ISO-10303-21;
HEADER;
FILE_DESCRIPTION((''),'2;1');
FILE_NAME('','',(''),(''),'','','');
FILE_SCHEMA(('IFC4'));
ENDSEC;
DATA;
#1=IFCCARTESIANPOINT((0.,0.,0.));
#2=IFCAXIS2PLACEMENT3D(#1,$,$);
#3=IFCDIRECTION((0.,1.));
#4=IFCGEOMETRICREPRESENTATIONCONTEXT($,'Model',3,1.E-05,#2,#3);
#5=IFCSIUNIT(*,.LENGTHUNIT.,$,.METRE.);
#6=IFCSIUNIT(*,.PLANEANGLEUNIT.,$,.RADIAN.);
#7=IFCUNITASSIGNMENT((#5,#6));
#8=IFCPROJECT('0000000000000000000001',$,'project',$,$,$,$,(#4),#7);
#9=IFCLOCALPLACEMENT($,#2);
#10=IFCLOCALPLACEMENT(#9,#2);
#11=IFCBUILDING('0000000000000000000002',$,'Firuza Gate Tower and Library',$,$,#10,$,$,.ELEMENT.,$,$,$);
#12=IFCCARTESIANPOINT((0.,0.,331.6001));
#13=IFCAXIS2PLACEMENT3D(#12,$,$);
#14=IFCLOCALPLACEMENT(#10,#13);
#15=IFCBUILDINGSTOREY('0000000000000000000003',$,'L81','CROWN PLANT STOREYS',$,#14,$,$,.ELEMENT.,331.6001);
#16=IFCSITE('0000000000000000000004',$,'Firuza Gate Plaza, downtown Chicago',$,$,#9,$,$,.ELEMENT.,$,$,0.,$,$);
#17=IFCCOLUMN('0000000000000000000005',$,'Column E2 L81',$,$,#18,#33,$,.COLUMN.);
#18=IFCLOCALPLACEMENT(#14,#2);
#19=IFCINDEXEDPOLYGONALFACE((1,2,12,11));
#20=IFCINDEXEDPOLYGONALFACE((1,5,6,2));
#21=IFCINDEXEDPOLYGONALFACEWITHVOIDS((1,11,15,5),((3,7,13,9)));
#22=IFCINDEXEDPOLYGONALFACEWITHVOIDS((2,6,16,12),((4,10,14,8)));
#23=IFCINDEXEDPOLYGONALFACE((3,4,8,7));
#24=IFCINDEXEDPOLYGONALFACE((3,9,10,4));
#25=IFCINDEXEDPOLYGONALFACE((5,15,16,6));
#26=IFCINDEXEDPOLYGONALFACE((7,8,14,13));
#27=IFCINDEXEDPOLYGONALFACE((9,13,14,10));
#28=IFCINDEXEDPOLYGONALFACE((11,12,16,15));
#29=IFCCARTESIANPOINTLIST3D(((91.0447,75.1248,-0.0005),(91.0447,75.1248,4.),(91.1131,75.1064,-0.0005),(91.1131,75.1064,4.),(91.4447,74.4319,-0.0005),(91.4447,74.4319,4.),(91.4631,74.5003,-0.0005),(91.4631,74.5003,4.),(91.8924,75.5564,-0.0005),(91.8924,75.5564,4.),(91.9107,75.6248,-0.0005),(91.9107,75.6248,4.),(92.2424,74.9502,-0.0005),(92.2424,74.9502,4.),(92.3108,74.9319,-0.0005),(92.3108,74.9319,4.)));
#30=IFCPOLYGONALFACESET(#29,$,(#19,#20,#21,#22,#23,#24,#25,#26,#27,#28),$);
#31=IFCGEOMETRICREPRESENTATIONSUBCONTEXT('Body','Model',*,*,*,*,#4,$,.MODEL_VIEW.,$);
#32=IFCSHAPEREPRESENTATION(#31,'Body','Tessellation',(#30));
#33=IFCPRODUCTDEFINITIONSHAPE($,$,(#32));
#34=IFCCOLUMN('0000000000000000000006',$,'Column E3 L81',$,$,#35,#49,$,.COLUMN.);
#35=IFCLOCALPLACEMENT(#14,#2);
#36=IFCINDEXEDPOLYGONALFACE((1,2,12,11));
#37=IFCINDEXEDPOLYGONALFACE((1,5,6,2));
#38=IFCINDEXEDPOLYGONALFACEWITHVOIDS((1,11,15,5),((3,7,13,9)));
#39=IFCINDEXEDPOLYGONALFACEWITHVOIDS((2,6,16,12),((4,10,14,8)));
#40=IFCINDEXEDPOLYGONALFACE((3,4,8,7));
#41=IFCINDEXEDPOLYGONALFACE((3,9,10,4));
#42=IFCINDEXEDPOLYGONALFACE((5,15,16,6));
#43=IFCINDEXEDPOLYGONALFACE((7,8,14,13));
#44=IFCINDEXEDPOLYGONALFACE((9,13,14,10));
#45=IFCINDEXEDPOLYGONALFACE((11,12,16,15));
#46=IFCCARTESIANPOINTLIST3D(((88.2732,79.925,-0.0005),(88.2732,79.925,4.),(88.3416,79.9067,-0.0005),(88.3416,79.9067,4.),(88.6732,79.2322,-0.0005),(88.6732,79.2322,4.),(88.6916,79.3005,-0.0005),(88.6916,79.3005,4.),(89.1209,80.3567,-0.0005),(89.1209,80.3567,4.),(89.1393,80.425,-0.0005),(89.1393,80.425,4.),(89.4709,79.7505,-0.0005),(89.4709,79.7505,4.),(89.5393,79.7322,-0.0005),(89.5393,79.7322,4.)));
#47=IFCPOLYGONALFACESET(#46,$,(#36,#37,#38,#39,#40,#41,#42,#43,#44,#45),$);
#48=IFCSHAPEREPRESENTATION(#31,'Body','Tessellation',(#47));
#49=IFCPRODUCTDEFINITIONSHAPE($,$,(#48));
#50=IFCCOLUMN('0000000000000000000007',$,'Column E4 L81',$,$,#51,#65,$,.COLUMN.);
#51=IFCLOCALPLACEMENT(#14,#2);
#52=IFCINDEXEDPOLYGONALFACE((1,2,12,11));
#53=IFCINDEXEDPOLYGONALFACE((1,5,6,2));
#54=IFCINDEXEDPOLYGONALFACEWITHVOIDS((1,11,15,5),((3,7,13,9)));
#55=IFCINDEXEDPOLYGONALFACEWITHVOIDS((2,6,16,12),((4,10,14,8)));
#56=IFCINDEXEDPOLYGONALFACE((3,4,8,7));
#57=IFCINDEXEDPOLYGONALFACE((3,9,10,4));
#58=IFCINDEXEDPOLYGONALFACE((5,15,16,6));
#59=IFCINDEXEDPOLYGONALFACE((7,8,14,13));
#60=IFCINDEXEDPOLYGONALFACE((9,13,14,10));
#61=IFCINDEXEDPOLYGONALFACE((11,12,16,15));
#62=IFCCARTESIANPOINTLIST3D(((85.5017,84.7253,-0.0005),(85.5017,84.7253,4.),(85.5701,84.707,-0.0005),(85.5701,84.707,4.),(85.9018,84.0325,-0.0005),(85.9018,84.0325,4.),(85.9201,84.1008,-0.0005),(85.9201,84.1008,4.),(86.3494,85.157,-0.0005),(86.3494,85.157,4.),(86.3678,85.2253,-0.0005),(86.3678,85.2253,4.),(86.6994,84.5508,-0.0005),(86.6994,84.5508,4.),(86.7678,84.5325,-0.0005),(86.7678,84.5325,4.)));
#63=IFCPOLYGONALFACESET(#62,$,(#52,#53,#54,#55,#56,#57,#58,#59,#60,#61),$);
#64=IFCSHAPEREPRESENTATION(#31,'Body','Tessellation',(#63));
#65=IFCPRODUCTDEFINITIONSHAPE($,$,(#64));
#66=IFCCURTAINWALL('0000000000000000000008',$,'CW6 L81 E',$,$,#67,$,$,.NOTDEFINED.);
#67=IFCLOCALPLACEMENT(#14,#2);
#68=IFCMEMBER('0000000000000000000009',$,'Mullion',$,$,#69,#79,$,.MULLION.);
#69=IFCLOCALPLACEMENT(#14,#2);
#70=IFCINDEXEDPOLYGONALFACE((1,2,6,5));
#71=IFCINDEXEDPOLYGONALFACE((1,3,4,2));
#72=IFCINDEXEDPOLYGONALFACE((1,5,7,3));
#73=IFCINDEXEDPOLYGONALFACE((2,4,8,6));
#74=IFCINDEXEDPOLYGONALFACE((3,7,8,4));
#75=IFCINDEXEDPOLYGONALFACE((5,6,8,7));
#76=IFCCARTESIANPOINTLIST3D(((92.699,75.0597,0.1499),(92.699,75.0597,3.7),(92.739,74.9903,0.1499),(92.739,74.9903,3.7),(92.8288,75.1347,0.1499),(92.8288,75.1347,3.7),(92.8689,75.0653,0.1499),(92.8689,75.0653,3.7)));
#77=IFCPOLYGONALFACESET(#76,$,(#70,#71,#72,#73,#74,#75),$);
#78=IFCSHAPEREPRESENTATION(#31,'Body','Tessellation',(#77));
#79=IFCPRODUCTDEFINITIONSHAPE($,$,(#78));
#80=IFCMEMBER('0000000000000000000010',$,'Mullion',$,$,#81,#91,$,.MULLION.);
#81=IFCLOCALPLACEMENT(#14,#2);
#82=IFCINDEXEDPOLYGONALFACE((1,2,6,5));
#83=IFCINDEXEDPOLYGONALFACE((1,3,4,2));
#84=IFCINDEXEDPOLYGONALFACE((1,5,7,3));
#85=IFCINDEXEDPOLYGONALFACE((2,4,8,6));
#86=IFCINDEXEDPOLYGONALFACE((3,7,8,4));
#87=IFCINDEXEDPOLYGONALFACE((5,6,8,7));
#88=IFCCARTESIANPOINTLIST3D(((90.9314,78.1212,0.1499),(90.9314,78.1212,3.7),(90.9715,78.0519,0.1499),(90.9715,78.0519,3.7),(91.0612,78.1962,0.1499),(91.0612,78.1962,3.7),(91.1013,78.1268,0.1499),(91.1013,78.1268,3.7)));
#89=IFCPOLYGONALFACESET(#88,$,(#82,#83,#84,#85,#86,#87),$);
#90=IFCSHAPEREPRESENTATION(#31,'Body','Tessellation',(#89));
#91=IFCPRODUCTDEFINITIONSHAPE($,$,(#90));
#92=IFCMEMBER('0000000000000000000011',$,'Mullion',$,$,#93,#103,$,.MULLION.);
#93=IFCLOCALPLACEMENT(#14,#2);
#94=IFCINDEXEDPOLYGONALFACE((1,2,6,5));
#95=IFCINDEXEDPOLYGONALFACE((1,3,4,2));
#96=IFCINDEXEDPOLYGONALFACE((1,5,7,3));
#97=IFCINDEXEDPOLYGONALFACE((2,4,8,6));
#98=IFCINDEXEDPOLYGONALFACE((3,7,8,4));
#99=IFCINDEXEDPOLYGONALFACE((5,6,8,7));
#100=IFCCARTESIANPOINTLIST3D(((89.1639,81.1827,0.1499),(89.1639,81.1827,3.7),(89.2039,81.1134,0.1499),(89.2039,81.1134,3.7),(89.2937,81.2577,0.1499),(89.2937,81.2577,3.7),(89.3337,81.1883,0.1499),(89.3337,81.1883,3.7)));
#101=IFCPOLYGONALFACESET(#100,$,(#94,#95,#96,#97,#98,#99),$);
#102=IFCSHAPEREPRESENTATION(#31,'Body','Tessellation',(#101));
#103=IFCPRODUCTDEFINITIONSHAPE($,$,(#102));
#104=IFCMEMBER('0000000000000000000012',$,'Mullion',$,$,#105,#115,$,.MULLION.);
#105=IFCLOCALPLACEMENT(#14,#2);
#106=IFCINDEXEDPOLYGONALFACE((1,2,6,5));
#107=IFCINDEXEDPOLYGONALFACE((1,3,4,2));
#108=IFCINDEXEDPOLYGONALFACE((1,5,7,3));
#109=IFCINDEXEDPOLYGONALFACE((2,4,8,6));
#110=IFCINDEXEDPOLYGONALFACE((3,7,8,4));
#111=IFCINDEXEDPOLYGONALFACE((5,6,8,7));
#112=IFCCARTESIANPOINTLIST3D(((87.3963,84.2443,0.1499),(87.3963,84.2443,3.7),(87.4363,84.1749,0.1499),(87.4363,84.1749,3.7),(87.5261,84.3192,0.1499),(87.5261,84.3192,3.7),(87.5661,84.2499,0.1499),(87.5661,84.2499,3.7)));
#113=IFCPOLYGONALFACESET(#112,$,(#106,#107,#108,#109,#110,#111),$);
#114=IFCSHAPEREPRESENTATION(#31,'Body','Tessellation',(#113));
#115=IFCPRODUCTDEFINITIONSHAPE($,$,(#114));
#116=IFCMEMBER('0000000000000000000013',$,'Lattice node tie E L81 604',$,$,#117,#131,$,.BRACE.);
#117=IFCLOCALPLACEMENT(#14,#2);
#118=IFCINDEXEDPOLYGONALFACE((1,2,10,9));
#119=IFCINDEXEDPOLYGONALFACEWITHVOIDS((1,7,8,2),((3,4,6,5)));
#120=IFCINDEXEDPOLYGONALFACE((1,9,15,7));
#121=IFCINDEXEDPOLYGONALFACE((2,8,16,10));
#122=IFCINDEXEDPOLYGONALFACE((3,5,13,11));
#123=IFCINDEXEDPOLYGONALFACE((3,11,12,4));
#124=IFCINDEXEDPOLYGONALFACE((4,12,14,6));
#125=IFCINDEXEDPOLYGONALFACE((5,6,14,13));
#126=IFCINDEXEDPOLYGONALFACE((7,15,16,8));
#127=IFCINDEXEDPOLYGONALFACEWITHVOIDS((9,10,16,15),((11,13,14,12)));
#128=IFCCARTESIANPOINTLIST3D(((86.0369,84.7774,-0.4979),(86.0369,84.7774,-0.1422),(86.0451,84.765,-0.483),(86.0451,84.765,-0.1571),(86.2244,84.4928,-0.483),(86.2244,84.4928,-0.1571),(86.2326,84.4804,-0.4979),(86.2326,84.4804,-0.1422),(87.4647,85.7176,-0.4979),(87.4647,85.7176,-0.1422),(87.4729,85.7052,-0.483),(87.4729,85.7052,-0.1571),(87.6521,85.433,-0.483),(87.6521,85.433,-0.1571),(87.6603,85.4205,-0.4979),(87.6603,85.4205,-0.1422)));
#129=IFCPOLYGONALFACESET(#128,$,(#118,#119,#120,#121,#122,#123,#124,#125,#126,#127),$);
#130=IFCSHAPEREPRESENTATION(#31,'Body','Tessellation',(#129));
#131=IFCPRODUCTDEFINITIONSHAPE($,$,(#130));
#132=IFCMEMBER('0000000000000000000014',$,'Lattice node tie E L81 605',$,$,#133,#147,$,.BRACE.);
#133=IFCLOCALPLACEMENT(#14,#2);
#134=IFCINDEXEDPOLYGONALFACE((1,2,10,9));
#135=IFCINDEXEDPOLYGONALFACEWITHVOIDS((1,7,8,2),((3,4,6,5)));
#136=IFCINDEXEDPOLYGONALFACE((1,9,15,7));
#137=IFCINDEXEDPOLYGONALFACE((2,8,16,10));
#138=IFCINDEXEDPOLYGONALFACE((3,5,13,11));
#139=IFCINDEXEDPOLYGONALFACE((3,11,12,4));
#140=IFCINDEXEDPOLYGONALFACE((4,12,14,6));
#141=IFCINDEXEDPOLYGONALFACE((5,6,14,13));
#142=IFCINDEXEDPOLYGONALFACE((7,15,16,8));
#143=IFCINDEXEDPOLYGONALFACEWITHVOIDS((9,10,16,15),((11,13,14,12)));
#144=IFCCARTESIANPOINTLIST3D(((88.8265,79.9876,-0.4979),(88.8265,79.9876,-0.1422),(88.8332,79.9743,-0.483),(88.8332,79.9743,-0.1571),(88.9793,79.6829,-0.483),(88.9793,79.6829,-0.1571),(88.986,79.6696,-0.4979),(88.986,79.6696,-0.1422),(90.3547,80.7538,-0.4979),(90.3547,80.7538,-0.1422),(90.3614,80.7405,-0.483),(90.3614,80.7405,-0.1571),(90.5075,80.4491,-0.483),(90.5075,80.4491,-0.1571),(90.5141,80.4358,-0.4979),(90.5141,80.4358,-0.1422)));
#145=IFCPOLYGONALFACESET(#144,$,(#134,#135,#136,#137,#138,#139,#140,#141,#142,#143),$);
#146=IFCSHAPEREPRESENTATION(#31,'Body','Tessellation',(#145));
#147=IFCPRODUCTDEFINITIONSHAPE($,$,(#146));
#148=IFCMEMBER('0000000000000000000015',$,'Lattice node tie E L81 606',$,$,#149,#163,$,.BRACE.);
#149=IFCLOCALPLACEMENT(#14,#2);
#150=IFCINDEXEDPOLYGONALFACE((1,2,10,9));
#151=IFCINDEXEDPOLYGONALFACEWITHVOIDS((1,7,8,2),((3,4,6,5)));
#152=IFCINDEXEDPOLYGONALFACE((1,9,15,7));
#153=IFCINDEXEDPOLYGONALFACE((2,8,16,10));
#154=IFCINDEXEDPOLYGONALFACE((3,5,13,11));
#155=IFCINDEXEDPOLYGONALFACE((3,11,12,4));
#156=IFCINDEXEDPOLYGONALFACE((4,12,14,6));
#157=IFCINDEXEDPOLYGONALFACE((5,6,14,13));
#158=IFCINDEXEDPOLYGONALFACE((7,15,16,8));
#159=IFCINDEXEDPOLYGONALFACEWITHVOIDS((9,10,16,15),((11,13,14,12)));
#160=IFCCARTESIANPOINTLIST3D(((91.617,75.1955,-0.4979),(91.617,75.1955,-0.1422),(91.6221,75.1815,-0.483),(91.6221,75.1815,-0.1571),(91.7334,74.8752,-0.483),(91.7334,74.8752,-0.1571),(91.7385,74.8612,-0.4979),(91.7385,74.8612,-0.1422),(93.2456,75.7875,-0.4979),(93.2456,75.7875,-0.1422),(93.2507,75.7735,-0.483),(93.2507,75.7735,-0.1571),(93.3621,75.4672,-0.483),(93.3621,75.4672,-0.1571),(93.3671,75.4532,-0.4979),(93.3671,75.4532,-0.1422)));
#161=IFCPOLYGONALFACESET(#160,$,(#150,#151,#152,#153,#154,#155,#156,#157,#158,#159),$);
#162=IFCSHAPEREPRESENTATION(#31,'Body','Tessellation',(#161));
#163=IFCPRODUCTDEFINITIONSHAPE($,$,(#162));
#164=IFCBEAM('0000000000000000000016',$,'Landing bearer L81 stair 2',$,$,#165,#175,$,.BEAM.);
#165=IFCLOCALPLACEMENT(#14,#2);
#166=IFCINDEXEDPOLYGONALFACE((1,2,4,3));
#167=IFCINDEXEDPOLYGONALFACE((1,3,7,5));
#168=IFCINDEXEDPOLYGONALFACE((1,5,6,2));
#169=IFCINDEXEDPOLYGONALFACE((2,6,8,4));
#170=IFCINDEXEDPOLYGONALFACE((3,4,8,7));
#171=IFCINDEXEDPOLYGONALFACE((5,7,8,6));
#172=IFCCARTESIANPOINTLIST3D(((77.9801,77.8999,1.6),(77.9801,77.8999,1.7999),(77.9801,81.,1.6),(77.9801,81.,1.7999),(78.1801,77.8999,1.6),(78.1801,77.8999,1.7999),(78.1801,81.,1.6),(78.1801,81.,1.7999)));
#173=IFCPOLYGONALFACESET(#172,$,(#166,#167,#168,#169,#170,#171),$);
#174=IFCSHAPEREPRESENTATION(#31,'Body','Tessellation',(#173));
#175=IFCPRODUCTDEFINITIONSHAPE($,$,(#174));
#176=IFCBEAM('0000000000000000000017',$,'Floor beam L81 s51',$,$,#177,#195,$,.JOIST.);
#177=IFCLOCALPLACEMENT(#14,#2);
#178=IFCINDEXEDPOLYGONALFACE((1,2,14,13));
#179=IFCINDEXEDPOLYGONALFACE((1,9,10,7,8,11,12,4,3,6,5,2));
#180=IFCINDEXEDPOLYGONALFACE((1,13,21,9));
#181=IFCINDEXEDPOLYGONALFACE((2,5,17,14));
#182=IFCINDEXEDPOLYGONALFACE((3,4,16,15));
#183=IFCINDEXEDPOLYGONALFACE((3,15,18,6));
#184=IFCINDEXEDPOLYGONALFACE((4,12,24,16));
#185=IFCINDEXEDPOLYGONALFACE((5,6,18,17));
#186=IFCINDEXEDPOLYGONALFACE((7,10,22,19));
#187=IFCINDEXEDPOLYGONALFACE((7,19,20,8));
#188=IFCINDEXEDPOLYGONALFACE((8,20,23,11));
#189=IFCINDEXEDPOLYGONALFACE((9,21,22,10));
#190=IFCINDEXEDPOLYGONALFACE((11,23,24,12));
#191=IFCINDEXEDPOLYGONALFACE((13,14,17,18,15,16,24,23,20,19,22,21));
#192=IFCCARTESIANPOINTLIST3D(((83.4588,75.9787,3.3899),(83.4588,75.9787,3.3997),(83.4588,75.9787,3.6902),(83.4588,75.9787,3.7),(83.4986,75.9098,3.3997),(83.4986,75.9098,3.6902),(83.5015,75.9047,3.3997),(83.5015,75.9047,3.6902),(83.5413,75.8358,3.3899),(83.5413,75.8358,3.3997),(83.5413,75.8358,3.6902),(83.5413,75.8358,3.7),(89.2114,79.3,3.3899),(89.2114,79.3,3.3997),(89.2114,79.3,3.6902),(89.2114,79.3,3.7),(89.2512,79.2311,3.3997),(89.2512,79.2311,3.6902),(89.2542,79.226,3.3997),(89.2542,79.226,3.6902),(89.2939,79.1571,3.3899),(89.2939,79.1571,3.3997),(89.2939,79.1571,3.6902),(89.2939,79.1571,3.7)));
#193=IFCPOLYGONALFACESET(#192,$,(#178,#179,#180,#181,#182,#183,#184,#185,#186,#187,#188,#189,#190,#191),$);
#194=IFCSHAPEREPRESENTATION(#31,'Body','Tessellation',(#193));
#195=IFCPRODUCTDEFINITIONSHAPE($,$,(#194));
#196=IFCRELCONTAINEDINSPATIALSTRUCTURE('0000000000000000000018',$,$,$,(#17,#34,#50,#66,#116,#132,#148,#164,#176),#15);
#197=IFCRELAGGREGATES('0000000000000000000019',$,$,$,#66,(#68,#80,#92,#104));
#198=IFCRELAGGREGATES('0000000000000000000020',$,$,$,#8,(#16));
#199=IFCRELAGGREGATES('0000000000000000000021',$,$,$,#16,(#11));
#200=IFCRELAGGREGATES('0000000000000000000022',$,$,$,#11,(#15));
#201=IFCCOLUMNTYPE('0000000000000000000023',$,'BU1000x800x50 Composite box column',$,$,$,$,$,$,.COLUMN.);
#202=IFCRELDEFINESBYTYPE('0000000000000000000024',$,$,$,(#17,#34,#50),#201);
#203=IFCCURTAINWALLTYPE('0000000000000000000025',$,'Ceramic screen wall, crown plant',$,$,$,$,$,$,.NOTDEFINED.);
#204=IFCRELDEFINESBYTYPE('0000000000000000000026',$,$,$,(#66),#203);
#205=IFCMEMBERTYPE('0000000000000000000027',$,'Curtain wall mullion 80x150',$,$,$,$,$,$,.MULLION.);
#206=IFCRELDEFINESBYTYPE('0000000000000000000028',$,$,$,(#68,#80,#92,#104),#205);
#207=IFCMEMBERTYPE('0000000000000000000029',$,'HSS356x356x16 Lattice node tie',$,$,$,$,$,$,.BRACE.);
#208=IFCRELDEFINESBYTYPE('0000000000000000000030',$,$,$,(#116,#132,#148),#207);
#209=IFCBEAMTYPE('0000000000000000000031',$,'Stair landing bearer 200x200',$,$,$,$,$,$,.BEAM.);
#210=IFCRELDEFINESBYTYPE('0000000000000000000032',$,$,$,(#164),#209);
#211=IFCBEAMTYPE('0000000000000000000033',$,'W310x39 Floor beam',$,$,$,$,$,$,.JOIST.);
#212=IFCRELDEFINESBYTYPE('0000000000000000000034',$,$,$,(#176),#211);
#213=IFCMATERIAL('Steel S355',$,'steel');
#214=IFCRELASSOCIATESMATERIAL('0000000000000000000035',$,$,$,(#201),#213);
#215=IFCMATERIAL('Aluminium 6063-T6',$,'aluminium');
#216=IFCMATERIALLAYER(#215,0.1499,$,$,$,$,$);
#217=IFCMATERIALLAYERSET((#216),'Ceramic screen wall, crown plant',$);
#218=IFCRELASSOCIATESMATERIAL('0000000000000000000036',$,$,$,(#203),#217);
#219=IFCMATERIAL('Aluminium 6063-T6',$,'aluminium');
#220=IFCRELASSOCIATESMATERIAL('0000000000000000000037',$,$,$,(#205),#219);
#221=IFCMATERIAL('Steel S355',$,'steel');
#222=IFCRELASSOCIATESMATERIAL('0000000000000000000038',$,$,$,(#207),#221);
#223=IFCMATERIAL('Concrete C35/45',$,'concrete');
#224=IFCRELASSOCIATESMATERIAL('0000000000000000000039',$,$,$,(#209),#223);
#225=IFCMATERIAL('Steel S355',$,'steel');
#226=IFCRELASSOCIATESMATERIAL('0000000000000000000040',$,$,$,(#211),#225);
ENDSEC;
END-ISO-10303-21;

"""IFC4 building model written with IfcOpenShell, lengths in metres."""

from ifc_helpers import new_model, si_unit, direction, frame, origin, origin_2d, place, context, subcontext, project, spatial, rectangle, hollow_rectangle, i_section, extrude, material, layer, layer_set, material_profile, profile_set, type_object, element, aggregate, save


model = new_model("IFC4")

# Units and contexts
model_context = context("Model", 3, precision=1e-05, world=origin(), true_north=direction((0.0, 1.0)))
body_context = subcontext(model_context, "Body", "Model", "MODEL_VIEW")
ifc_project = project(units=[si_unit("LENGTHUNIT", "METRE"), si_unit("PLANEANGLEUNIT", "RADIAN")], contexts=[model_context])

# Site, building, storey
site_placement = place(None, origin())
site = spatial("IfcSite", under=ifc_project, at=site_placement, Name="Firuza Gate Plaza, downtown Chicago", CompositionType="ELEMENT", RefElevation=0.0)
building_placement = place(site_placement, origin())
building = spatial("IfcBuilding", under=site, at=building_placement, Name="Firuza Gate Tower and Library", CompositionType="ELEMENT")
storey_placement = place(building_placement, frame((0.0, 0.0, 331.6001)))
storey = spatial("IfcBuildingStorey", under=building, at=storey_placement, Name="L81", Description="CROWN PLANT STOREYS", CompositionType="ELEMENT", Elevation=331.6001)

# Columns
ifc_material_1 = material(Name="Steel S355", Category="steel")
ifc_material_profile_1 = material_profile(ifc_material_1, hollow_rectangle(XDim=0.8, YDim=1.0, WallThickness=0.05, at=origin_2d()))
ifc_profile_set_1 = profile_set([ifc_material_profile_1], Name="Steel S355")
column_type = type_object("IfcColumnType", Name="BU1000x800x50 Composite box column", PredefinedType="COLUMN", material=ifc_profile_set_1)
for number, where, z_axis, x_axis, name in (
    (1, (91.6777, 75.0283, -0.0005), (0.0, 0.0, 1.0), (-0.5, 0.866025, 0.0), "Column E2 L81"),
    (2, (88.9062, 79.8286, -0.0005), (0.0, 0.0, 1.0), (-0.5, 0.866025, 0.0), "Column E3 L81"),
    (3, (86.1348, 84.6289, -0.0005), (0.0, 0.0, 1.0), (-0.5, 0.866025, 0.0), "Column E4 L81"),
):
    element("IfcColumn", number, at=place(storey_placement, frame(where, z_axis=z_axis, x_axis=x_axis)), inside=storey, type_object=column_type, Name=name, PredefinedType="COLUMN", context=body_context, shape_type="SweptSolid", body=[
        extrude(hollow_rectangle(XDim=0.8, YDim=1.0, WallThickness=0.05, at=origin_2d()), origin(), (0.0, 0.0, 1.0), 4.0005),
    ])

# Curtain wall, members
ifc_material_2 = material(Name="Aluminium 6063-T6", Category="aluminium")
ifc_layer_1 = layer(ifc_material_2, 0.1499)
ifc_layer_set_1 = layer_set([ifc_layer_1], Name="Ceramic screen wall, crown plant")
curtain_wall_type = type_object("IfcCurtainWallType", Name="Ceramic screen wall, crown plant", PredefinedType="NOTDEFINED", material=ifc_layer_set_1)
placement = place(storey_placement, origin())
curtain_wall = element("IfcCurtainWall", 4, at=placement, inside=storey, type_object=curtain_wall_type, Name="CW6 L81 E", PredefinedType="NOTDEFINED")
ifc_material_3 = material(Name="Aluminium 6063-T6", Category="aluminium")
ifc_material_profile_2 = material_profile(ifc_material_3, rectangle(XDim=0.1499, YDim=0.0801, at=origin_2d()))
ifc_profile_set_2 = profile_set([ifc_material_profile_2], Name="Aluminium 6063-T6")
member_type_1 = type_object("IfcMemberType", Name="Curtain wall mullion 80x150", PredefinedType="MULLION", material=ifc_profile_set_2)
member_1_placement = place(storey_placement, frame((92.7839, 75.0625, 0.1499), z_axis=(0.0, 0.0, 1.0), x_axis=(-0.866025, -0.5, 0.0)))
member_1 = element("IfcMember", 5, at=member_1_placement, type_object=member_type_1, Name="Mullion", PredefinedType="MULLION", context=body_context, shape_type="SweptSolid", body=[
    extrude(rectangle(XDim=0.1499, YDim=0.0801, at=origin_2d()), origin(), (0.0, 0.0, 1.0), 3.55),
])
member_2_placement = place(storey_placement, frame((91.0164, 78.124, 0.1499), z_axis=(0.0, 0.0, 1.0), x_axis=(-0.866025, -0.5, 0.0)))
member_2 = element("IfcMember", 6, at=member_2_placement, type_object=member_type_1, Name="Mullion", PredefinedType="MULLION", context=body_context, shape_type="SweptSolid", body=[
    extrude(rectangle(XDim=0.1499, YDim=0.0801, at=origin_2d()), origin(), (0.0, 0.0, 1.0), 3.55),
])
member_3_placement = place(storey_placement, frame((89.2488, 81.1855, 0.1499), z_axis=(0.0, 0.0, 1.0), x_axis=(-0.866025, -0.5, 0.0)))
member_3 = element("IfcMember", 7, at=member_3_placement, type_object=member_type_1, Name="Mullion", PredefinedType="MULLION", context=body_context, shape_type="SweptSolid", body=[
    extrude(rectangle(XDim=0.1499, YDim=0.0801, at=origin_2d()), origin(), (0.0, 0.0, 1.0), 3.55),
])
member_4_placement = place(storey_placement, frame((87.4812, 84.2471, 0.1499), z_axis=(0.0, 0.0, 1.0), x_axis=(-0.866025, -0.5, 0.0)))
member_4 = element("IfcMember", 8, at=member_4_placement, type_object=member_type_1, Name="Mullion", PredefinedType="MULLION", context=body_context, shape_type="SweptSolid", body=[
    extrude(rectangle(XDim=0.1499, YDim=0.0801, at=origin_2d()), origin(), (0.0, 0.0, 1.0), 3.55),
])

# Members
ifc_material_4 = material(Name="Steel S355", Category="steel")
ifc_material_profile_3 = material_profile(ifc_material_4, hollow_rectangle(XDim=0.3557, YDim=0.3557, WallThickness=0.0149, at=origin_2d()))
ifc_profile_set_3 = profile_set([ifc_material_profile_3], Name="Steel S355")
member_type_2 = type_object("IfcMemberType", Name="HSS356x356x16 Lattice node tie", PredefinedType="BRACE", material=ifc_profile_set_3)
for number, where, z_axis, x_axis, name in (
    (9, (86.1348, 84.6289, -0.3201), (0.835179, 0.549978, 0.0), (-0.549978, 0.835179, 0.0), "Lattice node tie E L81 604"),
    (10, (88.9062, 79.8286, -0.3201), (0.893941, 0.448185, 0.0), (-0.448185, 0.893941, 0.0), "Lattice node tie E L81 605"),
):
    element("IfcMember", number, at=place(storey_placement, frame(where, z_axis=z_axis, x_axis=x_axis)), inside=storey, type_object=member_type_2, Name=name, PredefinedType="BRACE", context=body_context, shape_type="SweptSolid", body=[
        extrude(hollow_rectangle(XDim=0.3557, YDim=0.3557, WallThickness=0.0149, at=origin_2d()), origin(), (0.0, 0.0, 1.0), 1.7095),
    ])
member_5_placement = place(storey_placement, frame((91.6777, 75.0283, -0.3201), z_axis=(0.93983, 0.341641, 0.0), x_axis=(-0.341641, 0.93983, 0.0)))
element("IfcMember", 11, at=member_5_placement, inside=storey, type_object=member_type_2, Name="Lattice node tie E L81 606", PredefinedType="BRACE", context=body_context, shape_type="SweptSolid", body=[
    extrude(hollow_rectangle(XDim=0.3557, YDim=0.3557, WallThickness=0.0149, at=origin_2d()), origin(), (0.0, 0.0, 1.0), 1.7329),
])

# Beams
ifc_material_5 = material(Name="Concrete C35/45", Category="concrete")
ifc_material_profile_4 = material_profile(ifc_material_5, rectangle(XDim=0.2, YDim=0.2, at=origin_2d()))
ifc_profile_set_4 = profile_set([ifc_material_profile_4], Name="Concrete C35/45")
beam_type_1 = type_object("IfcBeamType", Name="Stair landing bearer 200x200", PredefinedType="BEAM", material=ifc_profile_set_4)
beam_1_placement = place(storey_placement, frame((78.0801, 81.0, 1.7), z_axis=(0.0, -1.0, 0.0), x_axis=(1.0, 0.0, 0.0)))
element("IfcBeam", 12, at=beam_1_placement, inside=storey, type_object=beam_type_1, Name="Landing bearer L81 stair 2", PredefinedType="BEAM", context=body_context, shape_type="SweptSolid", body=[
    extrude(rectangle(XDim=0.2, YDim=0.2, at=origin_2d()), origin(), (0.0, 0.0, 1.0), 3.1001),
])
ifc_material_6 = material(Name="Steel S355", Category="steel")
ifc_material_profile_5 = material_profile(ifc_material_6, i_section(OverallWidth=0.165, OverallDepth=0.3101, WebThickness=0.0059, FlangeThickness=0.0098, at=origin_2d()))
ifc_profile_set_5 = profile_set([ifc_material_profile_5], Name="Steel S355")
beam_type_2 = type_object("IfcBeamType", Name="W310x39 Floor beam", PredefinedType="JOIST", material=ifc_profile_set_5)
beam_2_placement = place(storey_placement, frame((89.2527, 79.2285, 3.5449), z_axis=(-0.866027, -0.499997, 0.0), x_axis=(0.499997, -0.866027, 0.0)))
element("IfcBeam", 13, at=beam_2_placement, inside=storey, type_object=beam_type_2, Name="Floor beam L81 s51", PredefinedType="JOIST", context=body_context, shape_type="SweptSolid", body=[
    extrude(i_section(OverallWidth=0.165, OverallDepth=0.3101, WebThickness=0.0059, FlangeThickness=0.0098, at=origin_2d()), origin(), (0.0, 0.0, 1.0), 6.6426),
])

aggregate(curtain_wall, [member_1, member_2, member_3, member_4])

save(model, "model.ifc")
